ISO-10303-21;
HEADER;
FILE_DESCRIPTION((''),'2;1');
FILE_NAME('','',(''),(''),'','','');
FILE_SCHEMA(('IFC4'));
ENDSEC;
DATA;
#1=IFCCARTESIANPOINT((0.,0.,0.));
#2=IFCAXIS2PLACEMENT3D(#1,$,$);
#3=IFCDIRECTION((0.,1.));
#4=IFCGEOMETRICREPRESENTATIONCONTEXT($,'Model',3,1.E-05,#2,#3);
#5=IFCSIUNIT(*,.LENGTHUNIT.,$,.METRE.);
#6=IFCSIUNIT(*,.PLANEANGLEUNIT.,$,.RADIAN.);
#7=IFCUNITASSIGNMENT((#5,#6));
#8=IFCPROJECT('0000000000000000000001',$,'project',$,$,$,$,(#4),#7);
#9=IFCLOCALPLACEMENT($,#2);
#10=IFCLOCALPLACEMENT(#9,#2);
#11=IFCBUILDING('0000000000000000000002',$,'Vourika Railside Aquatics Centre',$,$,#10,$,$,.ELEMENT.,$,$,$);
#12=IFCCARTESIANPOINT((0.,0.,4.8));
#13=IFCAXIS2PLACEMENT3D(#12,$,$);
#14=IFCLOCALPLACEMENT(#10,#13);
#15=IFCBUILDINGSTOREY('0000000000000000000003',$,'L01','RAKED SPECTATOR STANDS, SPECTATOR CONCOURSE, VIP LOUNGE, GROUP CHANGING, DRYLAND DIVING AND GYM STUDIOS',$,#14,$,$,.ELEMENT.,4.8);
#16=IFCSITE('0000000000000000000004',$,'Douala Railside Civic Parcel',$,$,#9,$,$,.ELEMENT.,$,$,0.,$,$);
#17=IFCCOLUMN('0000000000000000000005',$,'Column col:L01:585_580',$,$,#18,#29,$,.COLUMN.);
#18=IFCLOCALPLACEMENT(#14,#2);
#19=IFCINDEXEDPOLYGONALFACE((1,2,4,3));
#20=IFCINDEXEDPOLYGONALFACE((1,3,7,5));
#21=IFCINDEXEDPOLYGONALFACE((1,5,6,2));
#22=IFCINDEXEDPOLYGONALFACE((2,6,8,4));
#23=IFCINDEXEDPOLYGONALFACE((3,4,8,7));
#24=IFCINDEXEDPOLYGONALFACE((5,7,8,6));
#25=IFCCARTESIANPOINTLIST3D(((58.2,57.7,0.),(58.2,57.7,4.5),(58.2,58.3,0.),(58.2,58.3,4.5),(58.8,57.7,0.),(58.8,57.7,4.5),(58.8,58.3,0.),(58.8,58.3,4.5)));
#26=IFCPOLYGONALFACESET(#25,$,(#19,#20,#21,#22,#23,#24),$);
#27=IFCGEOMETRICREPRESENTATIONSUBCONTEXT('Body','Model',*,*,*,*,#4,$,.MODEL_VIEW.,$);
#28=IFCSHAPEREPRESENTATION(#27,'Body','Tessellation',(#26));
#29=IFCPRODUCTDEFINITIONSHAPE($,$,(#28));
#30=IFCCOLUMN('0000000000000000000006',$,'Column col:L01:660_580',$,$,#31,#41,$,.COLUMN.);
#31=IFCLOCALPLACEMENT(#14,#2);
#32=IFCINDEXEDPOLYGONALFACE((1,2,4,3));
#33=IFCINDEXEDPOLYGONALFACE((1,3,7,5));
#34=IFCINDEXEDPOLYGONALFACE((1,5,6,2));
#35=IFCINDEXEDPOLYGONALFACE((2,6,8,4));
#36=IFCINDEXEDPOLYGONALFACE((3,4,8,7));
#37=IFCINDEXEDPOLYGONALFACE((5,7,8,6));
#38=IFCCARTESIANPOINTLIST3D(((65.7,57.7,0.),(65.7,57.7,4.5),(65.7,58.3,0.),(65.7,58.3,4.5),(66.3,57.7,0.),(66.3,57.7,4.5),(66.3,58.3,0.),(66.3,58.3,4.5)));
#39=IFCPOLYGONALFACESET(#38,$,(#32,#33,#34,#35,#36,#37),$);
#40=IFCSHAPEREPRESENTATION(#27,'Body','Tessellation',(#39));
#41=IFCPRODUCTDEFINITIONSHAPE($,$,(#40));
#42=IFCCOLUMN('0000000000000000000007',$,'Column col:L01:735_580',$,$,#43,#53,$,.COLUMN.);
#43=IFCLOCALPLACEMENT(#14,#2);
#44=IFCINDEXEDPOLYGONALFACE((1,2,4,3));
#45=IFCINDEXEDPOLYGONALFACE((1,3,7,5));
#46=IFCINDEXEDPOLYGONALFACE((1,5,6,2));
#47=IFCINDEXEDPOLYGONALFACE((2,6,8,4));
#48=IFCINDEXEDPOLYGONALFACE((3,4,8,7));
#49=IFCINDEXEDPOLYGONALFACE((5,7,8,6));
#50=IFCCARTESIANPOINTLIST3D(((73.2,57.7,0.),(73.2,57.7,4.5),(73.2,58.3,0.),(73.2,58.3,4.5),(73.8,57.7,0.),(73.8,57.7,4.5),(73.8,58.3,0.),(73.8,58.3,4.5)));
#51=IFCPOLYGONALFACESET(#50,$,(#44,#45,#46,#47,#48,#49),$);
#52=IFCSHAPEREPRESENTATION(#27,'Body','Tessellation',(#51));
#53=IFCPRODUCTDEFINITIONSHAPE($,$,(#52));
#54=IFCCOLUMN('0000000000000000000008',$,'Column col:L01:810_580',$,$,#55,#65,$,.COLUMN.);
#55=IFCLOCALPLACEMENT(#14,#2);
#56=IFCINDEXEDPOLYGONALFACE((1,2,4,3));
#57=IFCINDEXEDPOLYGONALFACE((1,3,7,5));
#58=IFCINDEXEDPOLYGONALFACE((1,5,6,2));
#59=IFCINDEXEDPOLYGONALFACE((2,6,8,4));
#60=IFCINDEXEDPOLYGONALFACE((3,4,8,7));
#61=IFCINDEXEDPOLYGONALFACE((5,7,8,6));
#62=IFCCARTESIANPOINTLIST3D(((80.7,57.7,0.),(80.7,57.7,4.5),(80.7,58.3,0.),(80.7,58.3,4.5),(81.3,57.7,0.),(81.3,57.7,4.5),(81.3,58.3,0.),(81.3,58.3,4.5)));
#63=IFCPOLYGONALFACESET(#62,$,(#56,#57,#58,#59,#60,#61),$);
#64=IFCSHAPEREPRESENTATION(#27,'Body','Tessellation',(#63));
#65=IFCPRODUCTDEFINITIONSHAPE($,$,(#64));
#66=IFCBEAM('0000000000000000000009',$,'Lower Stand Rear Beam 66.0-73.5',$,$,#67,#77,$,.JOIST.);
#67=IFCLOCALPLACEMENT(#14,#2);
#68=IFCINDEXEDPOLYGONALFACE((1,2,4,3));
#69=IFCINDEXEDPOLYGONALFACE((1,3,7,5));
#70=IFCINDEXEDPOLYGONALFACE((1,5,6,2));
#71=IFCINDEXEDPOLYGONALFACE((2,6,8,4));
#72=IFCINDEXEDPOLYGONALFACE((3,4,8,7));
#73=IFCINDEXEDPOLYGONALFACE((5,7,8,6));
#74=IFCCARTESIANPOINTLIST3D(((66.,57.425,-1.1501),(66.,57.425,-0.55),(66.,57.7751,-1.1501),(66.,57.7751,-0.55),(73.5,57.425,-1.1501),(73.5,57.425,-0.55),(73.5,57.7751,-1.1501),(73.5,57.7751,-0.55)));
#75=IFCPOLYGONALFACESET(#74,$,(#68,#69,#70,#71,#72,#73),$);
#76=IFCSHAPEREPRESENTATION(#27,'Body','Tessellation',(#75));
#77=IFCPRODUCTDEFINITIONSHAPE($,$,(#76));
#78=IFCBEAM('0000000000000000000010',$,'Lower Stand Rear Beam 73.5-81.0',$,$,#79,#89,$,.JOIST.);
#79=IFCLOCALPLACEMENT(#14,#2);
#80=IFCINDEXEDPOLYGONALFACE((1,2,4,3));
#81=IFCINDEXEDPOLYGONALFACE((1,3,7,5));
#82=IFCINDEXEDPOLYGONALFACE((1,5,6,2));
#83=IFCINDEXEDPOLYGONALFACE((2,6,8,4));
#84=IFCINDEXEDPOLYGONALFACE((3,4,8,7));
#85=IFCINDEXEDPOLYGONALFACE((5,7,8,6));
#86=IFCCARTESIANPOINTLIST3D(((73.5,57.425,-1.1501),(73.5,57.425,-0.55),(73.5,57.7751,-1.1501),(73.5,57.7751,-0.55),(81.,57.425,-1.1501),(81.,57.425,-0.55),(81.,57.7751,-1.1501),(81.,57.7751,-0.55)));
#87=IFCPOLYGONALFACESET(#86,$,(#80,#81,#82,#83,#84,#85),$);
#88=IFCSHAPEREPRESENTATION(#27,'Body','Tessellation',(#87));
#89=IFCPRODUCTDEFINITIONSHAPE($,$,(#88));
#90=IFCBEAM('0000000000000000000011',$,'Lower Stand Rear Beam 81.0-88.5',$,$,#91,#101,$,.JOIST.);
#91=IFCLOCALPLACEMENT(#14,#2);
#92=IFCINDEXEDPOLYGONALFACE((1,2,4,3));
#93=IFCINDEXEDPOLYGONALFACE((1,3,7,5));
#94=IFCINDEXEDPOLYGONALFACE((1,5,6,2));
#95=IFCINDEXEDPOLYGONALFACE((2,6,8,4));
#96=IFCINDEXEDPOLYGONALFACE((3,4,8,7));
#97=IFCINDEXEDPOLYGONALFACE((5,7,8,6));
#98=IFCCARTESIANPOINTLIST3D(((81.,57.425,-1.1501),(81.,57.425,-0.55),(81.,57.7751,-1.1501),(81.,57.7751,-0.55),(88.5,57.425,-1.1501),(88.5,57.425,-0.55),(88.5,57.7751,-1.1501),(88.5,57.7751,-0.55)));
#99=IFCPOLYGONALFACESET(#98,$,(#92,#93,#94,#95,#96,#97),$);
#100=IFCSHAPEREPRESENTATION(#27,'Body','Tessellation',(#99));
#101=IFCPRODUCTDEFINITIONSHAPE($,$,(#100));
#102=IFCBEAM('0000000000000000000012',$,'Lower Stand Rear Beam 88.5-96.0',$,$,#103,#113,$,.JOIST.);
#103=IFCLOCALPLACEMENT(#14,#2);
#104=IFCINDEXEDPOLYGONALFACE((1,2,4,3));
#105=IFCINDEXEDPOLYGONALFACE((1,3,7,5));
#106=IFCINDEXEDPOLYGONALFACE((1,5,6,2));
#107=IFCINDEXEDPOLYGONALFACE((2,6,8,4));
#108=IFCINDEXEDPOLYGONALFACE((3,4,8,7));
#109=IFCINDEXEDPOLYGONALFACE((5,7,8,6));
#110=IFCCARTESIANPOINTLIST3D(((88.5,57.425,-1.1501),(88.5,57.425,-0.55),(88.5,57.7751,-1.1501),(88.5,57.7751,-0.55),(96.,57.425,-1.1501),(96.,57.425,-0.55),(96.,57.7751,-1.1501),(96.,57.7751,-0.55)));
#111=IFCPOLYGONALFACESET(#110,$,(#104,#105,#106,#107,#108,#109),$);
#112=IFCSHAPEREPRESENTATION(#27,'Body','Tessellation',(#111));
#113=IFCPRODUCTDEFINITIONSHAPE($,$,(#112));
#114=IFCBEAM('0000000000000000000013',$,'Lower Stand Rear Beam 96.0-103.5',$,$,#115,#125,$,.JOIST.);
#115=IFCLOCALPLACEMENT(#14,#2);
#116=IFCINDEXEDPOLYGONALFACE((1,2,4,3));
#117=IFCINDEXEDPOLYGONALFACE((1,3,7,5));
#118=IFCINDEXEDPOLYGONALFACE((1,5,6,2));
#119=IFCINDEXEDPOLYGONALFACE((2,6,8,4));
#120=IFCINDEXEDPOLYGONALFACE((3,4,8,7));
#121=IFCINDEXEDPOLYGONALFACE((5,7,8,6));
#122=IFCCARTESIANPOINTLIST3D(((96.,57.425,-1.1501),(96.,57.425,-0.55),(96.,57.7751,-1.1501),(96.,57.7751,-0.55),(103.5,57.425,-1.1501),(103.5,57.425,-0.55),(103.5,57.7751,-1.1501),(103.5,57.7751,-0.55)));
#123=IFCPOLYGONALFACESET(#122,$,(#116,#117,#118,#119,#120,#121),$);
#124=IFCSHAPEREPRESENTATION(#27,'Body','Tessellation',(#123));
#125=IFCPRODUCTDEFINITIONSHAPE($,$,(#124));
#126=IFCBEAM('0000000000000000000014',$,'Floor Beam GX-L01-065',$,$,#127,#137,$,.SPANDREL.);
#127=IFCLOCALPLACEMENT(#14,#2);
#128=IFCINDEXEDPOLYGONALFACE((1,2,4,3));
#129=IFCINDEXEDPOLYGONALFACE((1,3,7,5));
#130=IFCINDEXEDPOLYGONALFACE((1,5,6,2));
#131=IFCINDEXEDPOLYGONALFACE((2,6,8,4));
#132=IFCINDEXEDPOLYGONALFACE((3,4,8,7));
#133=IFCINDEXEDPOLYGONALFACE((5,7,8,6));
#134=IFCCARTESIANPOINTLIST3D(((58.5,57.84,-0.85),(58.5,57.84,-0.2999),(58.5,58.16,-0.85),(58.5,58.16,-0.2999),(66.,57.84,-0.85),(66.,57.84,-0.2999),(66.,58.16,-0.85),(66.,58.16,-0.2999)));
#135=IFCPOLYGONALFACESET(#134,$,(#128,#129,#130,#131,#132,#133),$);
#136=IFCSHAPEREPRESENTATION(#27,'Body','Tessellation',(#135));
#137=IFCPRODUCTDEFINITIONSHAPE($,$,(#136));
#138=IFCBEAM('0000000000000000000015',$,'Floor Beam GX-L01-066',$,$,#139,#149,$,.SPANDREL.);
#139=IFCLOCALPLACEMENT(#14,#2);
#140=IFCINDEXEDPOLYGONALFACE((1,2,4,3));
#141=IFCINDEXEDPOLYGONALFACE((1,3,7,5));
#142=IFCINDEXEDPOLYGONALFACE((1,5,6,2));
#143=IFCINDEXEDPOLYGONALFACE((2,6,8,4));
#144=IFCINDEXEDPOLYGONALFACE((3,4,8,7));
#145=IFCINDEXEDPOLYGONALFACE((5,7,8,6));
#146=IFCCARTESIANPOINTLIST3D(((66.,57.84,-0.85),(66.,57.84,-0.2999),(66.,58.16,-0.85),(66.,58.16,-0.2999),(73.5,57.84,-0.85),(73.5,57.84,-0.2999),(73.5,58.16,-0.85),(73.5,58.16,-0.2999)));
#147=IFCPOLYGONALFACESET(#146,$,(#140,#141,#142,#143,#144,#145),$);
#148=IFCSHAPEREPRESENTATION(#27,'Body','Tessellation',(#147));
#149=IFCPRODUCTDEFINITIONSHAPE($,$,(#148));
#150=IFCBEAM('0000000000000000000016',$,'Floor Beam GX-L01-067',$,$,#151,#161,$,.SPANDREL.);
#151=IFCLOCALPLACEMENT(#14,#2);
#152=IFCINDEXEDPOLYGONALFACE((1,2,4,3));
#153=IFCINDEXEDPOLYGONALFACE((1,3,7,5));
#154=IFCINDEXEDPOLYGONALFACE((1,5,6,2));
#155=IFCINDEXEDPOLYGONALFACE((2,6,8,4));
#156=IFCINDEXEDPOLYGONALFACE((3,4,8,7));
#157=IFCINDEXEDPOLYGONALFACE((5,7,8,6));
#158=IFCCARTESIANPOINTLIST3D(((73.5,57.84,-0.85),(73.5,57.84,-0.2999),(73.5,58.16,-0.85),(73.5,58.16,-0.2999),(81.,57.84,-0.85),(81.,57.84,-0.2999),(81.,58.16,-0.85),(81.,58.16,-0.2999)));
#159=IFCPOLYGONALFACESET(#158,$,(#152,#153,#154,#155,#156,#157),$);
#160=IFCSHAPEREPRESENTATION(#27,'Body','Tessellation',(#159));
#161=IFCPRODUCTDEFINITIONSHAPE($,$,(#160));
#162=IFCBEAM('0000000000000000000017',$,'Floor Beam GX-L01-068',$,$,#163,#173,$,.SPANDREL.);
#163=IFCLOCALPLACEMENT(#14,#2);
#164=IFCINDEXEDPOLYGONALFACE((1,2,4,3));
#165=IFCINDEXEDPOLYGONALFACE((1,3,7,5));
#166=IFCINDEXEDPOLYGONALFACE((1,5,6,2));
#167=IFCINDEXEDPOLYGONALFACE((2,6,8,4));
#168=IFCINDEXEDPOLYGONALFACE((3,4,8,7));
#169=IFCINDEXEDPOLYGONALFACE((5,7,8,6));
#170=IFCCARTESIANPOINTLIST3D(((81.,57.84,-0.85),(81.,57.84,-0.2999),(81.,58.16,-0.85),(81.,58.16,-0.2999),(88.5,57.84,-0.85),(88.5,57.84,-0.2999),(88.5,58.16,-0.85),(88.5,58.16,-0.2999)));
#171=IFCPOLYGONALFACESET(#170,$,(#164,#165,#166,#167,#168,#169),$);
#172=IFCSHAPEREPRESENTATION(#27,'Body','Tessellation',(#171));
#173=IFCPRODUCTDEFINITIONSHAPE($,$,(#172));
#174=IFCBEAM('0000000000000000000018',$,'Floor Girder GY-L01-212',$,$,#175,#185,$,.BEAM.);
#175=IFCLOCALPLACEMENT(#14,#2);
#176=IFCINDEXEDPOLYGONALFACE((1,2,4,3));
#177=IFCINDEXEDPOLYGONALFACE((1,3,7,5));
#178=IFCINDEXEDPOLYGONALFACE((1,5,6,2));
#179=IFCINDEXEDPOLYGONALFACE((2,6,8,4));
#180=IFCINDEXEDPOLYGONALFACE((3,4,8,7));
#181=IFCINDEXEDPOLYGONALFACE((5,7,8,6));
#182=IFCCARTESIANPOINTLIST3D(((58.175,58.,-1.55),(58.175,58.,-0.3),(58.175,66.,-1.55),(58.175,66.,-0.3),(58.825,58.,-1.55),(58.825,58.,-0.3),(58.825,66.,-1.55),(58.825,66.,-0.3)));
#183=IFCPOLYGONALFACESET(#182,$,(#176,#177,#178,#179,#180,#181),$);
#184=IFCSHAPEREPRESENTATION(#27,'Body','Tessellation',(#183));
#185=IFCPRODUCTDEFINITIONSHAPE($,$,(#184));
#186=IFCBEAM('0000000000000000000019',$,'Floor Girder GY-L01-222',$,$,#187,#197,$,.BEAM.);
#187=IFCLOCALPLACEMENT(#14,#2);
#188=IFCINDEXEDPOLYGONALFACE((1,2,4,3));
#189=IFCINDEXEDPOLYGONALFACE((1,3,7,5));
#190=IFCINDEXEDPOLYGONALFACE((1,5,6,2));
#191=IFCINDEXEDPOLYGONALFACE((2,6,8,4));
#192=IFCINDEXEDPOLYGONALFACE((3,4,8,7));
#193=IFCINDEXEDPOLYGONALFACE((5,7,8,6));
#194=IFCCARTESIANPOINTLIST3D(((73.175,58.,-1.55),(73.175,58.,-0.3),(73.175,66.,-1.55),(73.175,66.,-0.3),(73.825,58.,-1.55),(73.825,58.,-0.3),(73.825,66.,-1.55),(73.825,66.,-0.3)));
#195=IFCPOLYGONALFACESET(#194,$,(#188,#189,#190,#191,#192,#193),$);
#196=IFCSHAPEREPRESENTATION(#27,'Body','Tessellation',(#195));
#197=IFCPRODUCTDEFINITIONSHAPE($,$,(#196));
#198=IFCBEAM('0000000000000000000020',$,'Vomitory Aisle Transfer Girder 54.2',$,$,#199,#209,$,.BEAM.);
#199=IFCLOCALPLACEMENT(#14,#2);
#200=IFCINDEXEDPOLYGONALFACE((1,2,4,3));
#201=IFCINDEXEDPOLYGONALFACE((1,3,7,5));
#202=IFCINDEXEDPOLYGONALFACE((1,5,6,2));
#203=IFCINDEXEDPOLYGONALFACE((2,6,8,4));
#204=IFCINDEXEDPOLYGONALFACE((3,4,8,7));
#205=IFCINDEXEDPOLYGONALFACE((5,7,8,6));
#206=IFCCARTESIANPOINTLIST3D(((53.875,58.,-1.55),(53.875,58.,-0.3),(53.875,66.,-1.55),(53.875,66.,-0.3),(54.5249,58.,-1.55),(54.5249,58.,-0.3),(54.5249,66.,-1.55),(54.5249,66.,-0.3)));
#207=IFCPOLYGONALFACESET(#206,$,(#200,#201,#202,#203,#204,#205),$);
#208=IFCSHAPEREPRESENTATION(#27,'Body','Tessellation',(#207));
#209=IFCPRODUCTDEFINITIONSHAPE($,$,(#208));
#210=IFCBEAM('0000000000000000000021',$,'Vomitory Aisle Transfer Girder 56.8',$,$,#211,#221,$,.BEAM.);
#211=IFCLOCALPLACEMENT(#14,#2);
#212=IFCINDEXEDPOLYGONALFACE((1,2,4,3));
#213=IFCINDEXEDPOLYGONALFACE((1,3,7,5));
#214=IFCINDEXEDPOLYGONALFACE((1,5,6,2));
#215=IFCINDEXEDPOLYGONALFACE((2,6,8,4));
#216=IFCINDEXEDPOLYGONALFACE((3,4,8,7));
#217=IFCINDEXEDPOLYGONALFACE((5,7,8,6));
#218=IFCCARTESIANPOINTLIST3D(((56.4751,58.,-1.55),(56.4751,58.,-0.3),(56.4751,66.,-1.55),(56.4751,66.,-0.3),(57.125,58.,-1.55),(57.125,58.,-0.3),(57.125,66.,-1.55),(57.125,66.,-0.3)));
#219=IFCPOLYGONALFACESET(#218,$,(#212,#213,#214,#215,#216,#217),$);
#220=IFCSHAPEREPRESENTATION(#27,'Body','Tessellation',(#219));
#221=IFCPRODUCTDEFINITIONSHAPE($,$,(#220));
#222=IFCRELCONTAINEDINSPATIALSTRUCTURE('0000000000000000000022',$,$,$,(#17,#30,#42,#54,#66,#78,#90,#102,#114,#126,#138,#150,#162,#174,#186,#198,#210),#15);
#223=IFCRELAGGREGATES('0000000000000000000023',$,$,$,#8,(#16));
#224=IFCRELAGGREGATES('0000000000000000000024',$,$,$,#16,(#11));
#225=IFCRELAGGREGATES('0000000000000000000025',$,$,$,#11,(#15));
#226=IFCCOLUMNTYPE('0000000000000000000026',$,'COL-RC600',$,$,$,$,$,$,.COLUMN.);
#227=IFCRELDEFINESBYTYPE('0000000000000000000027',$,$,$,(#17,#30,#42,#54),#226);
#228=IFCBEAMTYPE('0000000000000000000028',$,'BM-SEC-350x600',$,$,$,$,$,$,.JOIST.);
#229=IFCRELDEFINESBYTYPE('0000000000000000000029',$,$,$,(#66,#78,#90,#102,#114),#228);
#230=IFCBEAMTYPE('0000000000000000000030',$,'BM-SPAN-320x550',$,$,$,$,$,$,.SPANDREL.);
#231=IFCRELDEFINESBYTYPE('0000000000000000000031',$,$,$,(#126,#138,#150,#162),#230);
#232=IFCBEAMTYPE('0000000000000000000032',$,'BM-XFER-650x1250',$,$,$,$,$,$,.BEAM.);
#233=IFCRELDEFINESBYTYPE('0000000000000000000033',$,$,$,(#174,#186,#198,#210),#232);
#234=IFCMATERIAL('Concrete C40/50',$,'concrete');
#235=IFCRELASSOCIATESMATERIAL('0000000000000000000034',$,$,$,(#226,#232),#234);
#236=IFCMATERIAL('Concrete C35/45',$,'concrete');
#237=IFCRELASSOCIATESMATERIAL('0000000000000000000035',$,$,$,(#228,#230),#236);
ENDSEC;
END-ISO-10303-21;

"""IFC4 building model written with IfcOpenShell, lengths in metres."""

from ifc_helpers import new_model, si_unit, direction, frame, origin, origin_2d, place, context, subcontext, project, spatial, rectangle, extrude, material, material_profile, profile_set, type_object, element, save


model = new_model("IFC4")

# Units and contexts
model_context = context("Model", 3, precision=1e-05, world=origin(), true_north=direction((0.0, 1.0)))
body_context = subcontext(model_context, "Body", "Model", "MODEL_VIEW")
ifc_project = project(units=[si_unit("LENGTHUNIT", "METRE"), si_unit("PLANEANGLEUNIT", "RADIAN")], contexts=[model_context])

# Site, building, storey
site_placement = place(None, origin())
site = spatial("IfcSite", under=ifc_project, at=site_placement, Name="Douala Railside Civic Parcel", CompositionType="ELEMENT", RefElevation=0.0)
building_placement = place(site_placement, origin())
building = spatial("IfcBuilding", under=site, at=building_placement, Name="Vourika Railside Aquatics Centre", CompositionType="ELEMENT")
storey_placement = place(building_placement, frame((0.0, 0.0, 4.8)))
storey = spatial("IfcBuildingStorey", under=building, at=storey_placement, Name="L01", Description="RAKED SPECTATOR STANDS, SPECTATOR CONCOURSE, VIP LOUNGE, GROUP CHANGING, DRYLAND DIVING AND GYM STUDIOS", CompositionType="ELEMENT", Elevation=4.8)

# Columns
ifc_material_1 = material(Name="Concrete C40/50", Category="concrete")
ifc_material_profile_1 = material_profile(ifc_material_1, rectangle(XDim=0.6001, YDim=0.6001, at=origin_2d()), Name="RC 600x600")
ifc_profile_set_1 = profile_set([ifc_material_profile_1], Name="Concrete C40/50")
column_type = type_object("IfcColumnType", Name="COL-RC600", PredefinedType="COLUMN", material=ifc_profile_set_1)
for number, where, z_axis, x_axis, name in (
    (1, (58.5, 58.0, 0.0), (0.0, 0.0, 1.0), (1.0, 0.0, 0.0), "Column col:L01:585_580"),
    (2, (66.0, 58.0, 0.0), (0.0, 0.0, 1.0), (1.0, 0.0, 0.0), "Column col:L01:660_580"),
    (3, (73.5, 58.0, 0.0), (0.0, 0.0, 1.0), (1.0, 0.0, 0.0), "Column col:L01:735_580"),
    (4, (81.0, 58.0, 0.0), (0.0, 0.0, 1.0), (1.0, 0.0, 0.0), "Column col:L01:810_580"),
):
    element("IfcColumn", number, at=place(storey_placement, frame(where, z_axis=z_axis, x_axis=x_axis)), inside=storey, type_object=column_type, Name=name, PredefinedType="COLUMN", context=body_context, shape_type="SweptSolid", body=[
        extrude(rectangle(XDim=0.6001, YDim=0.6001, at=origin_2d()), origin(), (0.0, 0.0, 1.0), 4.5),
    ])

# Beams
ifc_material_2 = material(Name="Concrete C35/45", Category="concrete")
ifc_material_profile_2 = material_profile(ifc_material_2, rectangle(XDim=0.3501, YDim=0.6001, at=origin_2d()), Name="RC 350x600")
ifc_profile_set_2 = profile_set([ifc_material_profile_2], Name="Concrete C35/45")
beam_type_1 = type_object("IfcBeamType", Name="BM-SEC-350x600", PredefinedType="JOIST", material=ifc_profile_set_2)
for number, where, z_axis, x_axis, name in (
    (5, (66.0, 57.6001, -0.8501), (1.0, 0.0, 0.0), (0.0, 1.0, 0.0), "Lower Stand Rear Beam 66.0-73.5"),
    (6, (73.5, 57.6001, -0.8501), (1.0, 0.0, 0.0), (0.0, 1.0, 0.0), "Lower Stand Rear Beam 73.5-81.0"),
    (7, (81.0, 57.6001, -0.8501), (1.0, 0.0, 0.0), (0.0, 1.0, 0.0), "Lower Stand Rear Beam 81.0-88.5"),
    (8, (88.5, 57.6001, -0.8501), (1.0, 0.0, 0.0), (0.0, 1.0, 0.0), "Lower Stand Rear Beam 88.5-96.0"),
    (9, (96.0, 57.6001, -0.8501), (1.0, 0.0, 0.0), (0.0, 1.0, 0.0), "Lower Stand Rear Beam 96.0-103.5"),
):
    element("IfcBeam", number, at=place(storey_placement, frame(where, z_axis=z_axis, x_axis=x_axis)), inside=storey, type_object=beam_type_1, Name=name, PredefinedType="JOIST", context=body_context, shape_type="SweptSolid", body=[
        extrude(rectangle(XDim=0.3501, YDim=0.6001, at=origin_2d()), origin(), (0.0, 0.0, 1.0), 7.5),
    ])
ifc_material_profile_3 = material_profile(ifc_material_2, rectangle(XDim=0.3201, YDim=0.55, at=origin_2d()), Name="RC 320x550")
ifc_profile_set_3 = profile_set([ifc_material_profile_3], Name="Concrete C35/45")
beam_type_2 = type_object("IfcBeamType", Name="BM-SPAN-320x550", PredefinedType="SPANDREL", material=ifc_profile_set_3)
for number, where, z_axis, x_axis, name in (
    (10, (58.5, 58.0, -0.575), (1.0, 0.0, 0.0), (0.0, 1.0, 0.0), "Floor Beam GX-L01-065"),
    (11, (66.0, 58.0, -0.575), (1.0, 0.0, 0.0), (0.0, 1.0, 0.0), "Floor Beam GX-L01-066"),
    (12, (73.5, 58.0, -0.575), (1.0, 0.0, 0.0), (0.0, 1.0, 0.0), "Floor Beam GX-L01-067"),
    (13, (81.0, 58.0, -0.575), (1.0, 0.0, 0.0), (0.0, 1.0, 0.0), "Floor Beam GX-L01-068"),
):
    element("IfcBeam", number, at=place(storey_placement, frame(where, z_axis=z_axis, x_axis=x_axis)), inside=storey, type_object=beam_type_2, Name=name, PredefinedType="SPANDREL", context=body_context, shape_type="SweptSolid", body=[
        extrude(rectangle(XDim=0.3201, YDim=0.55, at=origin_2d()), origin(), (0.0, 0.0, 1.0), 7.5),
    ])
ifc_material_profile_4 = material_profile(ifc_material_1, rectangle(XDim=0.6499, YDim=1.25, at=origin_2d()), Name="RC 650x1250")
ifc_profile_set_4 = profile_set([ifc_material_profile_4], Name="Concrete C40/50")
beam_type_3 = type_object("IfcBeamType", Name="BM-XFER-650x1250", PredefinedType="BEAM", material=ifc_profile_set_4)
for number, where, z_axis, x_axis, name in (
    (14, (58.5, 58.0, -0.925), (0.0, 1.0, 0.0), (-1.0, 0.0, 0.0), "Floor Girder GY-L01-212"),
    (15, (73.5, 58.0, -0.925), (0.0, 1.0, 0.0), (-1.0, 0.0, 0.0), "Floor Girder GY-L01-222"),
    (16, (54.2, 58.0, -0.925), (0.0, 1.0, 0.0), (-1.0, 0.0, 0.0), "Vomitory Aisle Transfer Girder 54.2"),
    (17, (56.8, 58.0, -0.925), (0.0, 1.0, 0.0), (-1.0, 0.0, 0.0), "Vomitory Aisle Transfer Girder 56.8"),
):
    element("IfcBeam", number, at=place(storey_placement, frame(where, z_axis=z_axis, x_axis=x_axis)), inside=storey, type_object=beam_type_3, Name=name, PredefinedType="BEAM", context=body_context, shape_type="SweptSolid", body=[
        extrude(rectangle(XDim=0.6499, YDim=1.25, at=origin_2d()), origin(), (0.0, 0.0, 1.0), 8.0),
    ])

save(model, "model.ifc")
